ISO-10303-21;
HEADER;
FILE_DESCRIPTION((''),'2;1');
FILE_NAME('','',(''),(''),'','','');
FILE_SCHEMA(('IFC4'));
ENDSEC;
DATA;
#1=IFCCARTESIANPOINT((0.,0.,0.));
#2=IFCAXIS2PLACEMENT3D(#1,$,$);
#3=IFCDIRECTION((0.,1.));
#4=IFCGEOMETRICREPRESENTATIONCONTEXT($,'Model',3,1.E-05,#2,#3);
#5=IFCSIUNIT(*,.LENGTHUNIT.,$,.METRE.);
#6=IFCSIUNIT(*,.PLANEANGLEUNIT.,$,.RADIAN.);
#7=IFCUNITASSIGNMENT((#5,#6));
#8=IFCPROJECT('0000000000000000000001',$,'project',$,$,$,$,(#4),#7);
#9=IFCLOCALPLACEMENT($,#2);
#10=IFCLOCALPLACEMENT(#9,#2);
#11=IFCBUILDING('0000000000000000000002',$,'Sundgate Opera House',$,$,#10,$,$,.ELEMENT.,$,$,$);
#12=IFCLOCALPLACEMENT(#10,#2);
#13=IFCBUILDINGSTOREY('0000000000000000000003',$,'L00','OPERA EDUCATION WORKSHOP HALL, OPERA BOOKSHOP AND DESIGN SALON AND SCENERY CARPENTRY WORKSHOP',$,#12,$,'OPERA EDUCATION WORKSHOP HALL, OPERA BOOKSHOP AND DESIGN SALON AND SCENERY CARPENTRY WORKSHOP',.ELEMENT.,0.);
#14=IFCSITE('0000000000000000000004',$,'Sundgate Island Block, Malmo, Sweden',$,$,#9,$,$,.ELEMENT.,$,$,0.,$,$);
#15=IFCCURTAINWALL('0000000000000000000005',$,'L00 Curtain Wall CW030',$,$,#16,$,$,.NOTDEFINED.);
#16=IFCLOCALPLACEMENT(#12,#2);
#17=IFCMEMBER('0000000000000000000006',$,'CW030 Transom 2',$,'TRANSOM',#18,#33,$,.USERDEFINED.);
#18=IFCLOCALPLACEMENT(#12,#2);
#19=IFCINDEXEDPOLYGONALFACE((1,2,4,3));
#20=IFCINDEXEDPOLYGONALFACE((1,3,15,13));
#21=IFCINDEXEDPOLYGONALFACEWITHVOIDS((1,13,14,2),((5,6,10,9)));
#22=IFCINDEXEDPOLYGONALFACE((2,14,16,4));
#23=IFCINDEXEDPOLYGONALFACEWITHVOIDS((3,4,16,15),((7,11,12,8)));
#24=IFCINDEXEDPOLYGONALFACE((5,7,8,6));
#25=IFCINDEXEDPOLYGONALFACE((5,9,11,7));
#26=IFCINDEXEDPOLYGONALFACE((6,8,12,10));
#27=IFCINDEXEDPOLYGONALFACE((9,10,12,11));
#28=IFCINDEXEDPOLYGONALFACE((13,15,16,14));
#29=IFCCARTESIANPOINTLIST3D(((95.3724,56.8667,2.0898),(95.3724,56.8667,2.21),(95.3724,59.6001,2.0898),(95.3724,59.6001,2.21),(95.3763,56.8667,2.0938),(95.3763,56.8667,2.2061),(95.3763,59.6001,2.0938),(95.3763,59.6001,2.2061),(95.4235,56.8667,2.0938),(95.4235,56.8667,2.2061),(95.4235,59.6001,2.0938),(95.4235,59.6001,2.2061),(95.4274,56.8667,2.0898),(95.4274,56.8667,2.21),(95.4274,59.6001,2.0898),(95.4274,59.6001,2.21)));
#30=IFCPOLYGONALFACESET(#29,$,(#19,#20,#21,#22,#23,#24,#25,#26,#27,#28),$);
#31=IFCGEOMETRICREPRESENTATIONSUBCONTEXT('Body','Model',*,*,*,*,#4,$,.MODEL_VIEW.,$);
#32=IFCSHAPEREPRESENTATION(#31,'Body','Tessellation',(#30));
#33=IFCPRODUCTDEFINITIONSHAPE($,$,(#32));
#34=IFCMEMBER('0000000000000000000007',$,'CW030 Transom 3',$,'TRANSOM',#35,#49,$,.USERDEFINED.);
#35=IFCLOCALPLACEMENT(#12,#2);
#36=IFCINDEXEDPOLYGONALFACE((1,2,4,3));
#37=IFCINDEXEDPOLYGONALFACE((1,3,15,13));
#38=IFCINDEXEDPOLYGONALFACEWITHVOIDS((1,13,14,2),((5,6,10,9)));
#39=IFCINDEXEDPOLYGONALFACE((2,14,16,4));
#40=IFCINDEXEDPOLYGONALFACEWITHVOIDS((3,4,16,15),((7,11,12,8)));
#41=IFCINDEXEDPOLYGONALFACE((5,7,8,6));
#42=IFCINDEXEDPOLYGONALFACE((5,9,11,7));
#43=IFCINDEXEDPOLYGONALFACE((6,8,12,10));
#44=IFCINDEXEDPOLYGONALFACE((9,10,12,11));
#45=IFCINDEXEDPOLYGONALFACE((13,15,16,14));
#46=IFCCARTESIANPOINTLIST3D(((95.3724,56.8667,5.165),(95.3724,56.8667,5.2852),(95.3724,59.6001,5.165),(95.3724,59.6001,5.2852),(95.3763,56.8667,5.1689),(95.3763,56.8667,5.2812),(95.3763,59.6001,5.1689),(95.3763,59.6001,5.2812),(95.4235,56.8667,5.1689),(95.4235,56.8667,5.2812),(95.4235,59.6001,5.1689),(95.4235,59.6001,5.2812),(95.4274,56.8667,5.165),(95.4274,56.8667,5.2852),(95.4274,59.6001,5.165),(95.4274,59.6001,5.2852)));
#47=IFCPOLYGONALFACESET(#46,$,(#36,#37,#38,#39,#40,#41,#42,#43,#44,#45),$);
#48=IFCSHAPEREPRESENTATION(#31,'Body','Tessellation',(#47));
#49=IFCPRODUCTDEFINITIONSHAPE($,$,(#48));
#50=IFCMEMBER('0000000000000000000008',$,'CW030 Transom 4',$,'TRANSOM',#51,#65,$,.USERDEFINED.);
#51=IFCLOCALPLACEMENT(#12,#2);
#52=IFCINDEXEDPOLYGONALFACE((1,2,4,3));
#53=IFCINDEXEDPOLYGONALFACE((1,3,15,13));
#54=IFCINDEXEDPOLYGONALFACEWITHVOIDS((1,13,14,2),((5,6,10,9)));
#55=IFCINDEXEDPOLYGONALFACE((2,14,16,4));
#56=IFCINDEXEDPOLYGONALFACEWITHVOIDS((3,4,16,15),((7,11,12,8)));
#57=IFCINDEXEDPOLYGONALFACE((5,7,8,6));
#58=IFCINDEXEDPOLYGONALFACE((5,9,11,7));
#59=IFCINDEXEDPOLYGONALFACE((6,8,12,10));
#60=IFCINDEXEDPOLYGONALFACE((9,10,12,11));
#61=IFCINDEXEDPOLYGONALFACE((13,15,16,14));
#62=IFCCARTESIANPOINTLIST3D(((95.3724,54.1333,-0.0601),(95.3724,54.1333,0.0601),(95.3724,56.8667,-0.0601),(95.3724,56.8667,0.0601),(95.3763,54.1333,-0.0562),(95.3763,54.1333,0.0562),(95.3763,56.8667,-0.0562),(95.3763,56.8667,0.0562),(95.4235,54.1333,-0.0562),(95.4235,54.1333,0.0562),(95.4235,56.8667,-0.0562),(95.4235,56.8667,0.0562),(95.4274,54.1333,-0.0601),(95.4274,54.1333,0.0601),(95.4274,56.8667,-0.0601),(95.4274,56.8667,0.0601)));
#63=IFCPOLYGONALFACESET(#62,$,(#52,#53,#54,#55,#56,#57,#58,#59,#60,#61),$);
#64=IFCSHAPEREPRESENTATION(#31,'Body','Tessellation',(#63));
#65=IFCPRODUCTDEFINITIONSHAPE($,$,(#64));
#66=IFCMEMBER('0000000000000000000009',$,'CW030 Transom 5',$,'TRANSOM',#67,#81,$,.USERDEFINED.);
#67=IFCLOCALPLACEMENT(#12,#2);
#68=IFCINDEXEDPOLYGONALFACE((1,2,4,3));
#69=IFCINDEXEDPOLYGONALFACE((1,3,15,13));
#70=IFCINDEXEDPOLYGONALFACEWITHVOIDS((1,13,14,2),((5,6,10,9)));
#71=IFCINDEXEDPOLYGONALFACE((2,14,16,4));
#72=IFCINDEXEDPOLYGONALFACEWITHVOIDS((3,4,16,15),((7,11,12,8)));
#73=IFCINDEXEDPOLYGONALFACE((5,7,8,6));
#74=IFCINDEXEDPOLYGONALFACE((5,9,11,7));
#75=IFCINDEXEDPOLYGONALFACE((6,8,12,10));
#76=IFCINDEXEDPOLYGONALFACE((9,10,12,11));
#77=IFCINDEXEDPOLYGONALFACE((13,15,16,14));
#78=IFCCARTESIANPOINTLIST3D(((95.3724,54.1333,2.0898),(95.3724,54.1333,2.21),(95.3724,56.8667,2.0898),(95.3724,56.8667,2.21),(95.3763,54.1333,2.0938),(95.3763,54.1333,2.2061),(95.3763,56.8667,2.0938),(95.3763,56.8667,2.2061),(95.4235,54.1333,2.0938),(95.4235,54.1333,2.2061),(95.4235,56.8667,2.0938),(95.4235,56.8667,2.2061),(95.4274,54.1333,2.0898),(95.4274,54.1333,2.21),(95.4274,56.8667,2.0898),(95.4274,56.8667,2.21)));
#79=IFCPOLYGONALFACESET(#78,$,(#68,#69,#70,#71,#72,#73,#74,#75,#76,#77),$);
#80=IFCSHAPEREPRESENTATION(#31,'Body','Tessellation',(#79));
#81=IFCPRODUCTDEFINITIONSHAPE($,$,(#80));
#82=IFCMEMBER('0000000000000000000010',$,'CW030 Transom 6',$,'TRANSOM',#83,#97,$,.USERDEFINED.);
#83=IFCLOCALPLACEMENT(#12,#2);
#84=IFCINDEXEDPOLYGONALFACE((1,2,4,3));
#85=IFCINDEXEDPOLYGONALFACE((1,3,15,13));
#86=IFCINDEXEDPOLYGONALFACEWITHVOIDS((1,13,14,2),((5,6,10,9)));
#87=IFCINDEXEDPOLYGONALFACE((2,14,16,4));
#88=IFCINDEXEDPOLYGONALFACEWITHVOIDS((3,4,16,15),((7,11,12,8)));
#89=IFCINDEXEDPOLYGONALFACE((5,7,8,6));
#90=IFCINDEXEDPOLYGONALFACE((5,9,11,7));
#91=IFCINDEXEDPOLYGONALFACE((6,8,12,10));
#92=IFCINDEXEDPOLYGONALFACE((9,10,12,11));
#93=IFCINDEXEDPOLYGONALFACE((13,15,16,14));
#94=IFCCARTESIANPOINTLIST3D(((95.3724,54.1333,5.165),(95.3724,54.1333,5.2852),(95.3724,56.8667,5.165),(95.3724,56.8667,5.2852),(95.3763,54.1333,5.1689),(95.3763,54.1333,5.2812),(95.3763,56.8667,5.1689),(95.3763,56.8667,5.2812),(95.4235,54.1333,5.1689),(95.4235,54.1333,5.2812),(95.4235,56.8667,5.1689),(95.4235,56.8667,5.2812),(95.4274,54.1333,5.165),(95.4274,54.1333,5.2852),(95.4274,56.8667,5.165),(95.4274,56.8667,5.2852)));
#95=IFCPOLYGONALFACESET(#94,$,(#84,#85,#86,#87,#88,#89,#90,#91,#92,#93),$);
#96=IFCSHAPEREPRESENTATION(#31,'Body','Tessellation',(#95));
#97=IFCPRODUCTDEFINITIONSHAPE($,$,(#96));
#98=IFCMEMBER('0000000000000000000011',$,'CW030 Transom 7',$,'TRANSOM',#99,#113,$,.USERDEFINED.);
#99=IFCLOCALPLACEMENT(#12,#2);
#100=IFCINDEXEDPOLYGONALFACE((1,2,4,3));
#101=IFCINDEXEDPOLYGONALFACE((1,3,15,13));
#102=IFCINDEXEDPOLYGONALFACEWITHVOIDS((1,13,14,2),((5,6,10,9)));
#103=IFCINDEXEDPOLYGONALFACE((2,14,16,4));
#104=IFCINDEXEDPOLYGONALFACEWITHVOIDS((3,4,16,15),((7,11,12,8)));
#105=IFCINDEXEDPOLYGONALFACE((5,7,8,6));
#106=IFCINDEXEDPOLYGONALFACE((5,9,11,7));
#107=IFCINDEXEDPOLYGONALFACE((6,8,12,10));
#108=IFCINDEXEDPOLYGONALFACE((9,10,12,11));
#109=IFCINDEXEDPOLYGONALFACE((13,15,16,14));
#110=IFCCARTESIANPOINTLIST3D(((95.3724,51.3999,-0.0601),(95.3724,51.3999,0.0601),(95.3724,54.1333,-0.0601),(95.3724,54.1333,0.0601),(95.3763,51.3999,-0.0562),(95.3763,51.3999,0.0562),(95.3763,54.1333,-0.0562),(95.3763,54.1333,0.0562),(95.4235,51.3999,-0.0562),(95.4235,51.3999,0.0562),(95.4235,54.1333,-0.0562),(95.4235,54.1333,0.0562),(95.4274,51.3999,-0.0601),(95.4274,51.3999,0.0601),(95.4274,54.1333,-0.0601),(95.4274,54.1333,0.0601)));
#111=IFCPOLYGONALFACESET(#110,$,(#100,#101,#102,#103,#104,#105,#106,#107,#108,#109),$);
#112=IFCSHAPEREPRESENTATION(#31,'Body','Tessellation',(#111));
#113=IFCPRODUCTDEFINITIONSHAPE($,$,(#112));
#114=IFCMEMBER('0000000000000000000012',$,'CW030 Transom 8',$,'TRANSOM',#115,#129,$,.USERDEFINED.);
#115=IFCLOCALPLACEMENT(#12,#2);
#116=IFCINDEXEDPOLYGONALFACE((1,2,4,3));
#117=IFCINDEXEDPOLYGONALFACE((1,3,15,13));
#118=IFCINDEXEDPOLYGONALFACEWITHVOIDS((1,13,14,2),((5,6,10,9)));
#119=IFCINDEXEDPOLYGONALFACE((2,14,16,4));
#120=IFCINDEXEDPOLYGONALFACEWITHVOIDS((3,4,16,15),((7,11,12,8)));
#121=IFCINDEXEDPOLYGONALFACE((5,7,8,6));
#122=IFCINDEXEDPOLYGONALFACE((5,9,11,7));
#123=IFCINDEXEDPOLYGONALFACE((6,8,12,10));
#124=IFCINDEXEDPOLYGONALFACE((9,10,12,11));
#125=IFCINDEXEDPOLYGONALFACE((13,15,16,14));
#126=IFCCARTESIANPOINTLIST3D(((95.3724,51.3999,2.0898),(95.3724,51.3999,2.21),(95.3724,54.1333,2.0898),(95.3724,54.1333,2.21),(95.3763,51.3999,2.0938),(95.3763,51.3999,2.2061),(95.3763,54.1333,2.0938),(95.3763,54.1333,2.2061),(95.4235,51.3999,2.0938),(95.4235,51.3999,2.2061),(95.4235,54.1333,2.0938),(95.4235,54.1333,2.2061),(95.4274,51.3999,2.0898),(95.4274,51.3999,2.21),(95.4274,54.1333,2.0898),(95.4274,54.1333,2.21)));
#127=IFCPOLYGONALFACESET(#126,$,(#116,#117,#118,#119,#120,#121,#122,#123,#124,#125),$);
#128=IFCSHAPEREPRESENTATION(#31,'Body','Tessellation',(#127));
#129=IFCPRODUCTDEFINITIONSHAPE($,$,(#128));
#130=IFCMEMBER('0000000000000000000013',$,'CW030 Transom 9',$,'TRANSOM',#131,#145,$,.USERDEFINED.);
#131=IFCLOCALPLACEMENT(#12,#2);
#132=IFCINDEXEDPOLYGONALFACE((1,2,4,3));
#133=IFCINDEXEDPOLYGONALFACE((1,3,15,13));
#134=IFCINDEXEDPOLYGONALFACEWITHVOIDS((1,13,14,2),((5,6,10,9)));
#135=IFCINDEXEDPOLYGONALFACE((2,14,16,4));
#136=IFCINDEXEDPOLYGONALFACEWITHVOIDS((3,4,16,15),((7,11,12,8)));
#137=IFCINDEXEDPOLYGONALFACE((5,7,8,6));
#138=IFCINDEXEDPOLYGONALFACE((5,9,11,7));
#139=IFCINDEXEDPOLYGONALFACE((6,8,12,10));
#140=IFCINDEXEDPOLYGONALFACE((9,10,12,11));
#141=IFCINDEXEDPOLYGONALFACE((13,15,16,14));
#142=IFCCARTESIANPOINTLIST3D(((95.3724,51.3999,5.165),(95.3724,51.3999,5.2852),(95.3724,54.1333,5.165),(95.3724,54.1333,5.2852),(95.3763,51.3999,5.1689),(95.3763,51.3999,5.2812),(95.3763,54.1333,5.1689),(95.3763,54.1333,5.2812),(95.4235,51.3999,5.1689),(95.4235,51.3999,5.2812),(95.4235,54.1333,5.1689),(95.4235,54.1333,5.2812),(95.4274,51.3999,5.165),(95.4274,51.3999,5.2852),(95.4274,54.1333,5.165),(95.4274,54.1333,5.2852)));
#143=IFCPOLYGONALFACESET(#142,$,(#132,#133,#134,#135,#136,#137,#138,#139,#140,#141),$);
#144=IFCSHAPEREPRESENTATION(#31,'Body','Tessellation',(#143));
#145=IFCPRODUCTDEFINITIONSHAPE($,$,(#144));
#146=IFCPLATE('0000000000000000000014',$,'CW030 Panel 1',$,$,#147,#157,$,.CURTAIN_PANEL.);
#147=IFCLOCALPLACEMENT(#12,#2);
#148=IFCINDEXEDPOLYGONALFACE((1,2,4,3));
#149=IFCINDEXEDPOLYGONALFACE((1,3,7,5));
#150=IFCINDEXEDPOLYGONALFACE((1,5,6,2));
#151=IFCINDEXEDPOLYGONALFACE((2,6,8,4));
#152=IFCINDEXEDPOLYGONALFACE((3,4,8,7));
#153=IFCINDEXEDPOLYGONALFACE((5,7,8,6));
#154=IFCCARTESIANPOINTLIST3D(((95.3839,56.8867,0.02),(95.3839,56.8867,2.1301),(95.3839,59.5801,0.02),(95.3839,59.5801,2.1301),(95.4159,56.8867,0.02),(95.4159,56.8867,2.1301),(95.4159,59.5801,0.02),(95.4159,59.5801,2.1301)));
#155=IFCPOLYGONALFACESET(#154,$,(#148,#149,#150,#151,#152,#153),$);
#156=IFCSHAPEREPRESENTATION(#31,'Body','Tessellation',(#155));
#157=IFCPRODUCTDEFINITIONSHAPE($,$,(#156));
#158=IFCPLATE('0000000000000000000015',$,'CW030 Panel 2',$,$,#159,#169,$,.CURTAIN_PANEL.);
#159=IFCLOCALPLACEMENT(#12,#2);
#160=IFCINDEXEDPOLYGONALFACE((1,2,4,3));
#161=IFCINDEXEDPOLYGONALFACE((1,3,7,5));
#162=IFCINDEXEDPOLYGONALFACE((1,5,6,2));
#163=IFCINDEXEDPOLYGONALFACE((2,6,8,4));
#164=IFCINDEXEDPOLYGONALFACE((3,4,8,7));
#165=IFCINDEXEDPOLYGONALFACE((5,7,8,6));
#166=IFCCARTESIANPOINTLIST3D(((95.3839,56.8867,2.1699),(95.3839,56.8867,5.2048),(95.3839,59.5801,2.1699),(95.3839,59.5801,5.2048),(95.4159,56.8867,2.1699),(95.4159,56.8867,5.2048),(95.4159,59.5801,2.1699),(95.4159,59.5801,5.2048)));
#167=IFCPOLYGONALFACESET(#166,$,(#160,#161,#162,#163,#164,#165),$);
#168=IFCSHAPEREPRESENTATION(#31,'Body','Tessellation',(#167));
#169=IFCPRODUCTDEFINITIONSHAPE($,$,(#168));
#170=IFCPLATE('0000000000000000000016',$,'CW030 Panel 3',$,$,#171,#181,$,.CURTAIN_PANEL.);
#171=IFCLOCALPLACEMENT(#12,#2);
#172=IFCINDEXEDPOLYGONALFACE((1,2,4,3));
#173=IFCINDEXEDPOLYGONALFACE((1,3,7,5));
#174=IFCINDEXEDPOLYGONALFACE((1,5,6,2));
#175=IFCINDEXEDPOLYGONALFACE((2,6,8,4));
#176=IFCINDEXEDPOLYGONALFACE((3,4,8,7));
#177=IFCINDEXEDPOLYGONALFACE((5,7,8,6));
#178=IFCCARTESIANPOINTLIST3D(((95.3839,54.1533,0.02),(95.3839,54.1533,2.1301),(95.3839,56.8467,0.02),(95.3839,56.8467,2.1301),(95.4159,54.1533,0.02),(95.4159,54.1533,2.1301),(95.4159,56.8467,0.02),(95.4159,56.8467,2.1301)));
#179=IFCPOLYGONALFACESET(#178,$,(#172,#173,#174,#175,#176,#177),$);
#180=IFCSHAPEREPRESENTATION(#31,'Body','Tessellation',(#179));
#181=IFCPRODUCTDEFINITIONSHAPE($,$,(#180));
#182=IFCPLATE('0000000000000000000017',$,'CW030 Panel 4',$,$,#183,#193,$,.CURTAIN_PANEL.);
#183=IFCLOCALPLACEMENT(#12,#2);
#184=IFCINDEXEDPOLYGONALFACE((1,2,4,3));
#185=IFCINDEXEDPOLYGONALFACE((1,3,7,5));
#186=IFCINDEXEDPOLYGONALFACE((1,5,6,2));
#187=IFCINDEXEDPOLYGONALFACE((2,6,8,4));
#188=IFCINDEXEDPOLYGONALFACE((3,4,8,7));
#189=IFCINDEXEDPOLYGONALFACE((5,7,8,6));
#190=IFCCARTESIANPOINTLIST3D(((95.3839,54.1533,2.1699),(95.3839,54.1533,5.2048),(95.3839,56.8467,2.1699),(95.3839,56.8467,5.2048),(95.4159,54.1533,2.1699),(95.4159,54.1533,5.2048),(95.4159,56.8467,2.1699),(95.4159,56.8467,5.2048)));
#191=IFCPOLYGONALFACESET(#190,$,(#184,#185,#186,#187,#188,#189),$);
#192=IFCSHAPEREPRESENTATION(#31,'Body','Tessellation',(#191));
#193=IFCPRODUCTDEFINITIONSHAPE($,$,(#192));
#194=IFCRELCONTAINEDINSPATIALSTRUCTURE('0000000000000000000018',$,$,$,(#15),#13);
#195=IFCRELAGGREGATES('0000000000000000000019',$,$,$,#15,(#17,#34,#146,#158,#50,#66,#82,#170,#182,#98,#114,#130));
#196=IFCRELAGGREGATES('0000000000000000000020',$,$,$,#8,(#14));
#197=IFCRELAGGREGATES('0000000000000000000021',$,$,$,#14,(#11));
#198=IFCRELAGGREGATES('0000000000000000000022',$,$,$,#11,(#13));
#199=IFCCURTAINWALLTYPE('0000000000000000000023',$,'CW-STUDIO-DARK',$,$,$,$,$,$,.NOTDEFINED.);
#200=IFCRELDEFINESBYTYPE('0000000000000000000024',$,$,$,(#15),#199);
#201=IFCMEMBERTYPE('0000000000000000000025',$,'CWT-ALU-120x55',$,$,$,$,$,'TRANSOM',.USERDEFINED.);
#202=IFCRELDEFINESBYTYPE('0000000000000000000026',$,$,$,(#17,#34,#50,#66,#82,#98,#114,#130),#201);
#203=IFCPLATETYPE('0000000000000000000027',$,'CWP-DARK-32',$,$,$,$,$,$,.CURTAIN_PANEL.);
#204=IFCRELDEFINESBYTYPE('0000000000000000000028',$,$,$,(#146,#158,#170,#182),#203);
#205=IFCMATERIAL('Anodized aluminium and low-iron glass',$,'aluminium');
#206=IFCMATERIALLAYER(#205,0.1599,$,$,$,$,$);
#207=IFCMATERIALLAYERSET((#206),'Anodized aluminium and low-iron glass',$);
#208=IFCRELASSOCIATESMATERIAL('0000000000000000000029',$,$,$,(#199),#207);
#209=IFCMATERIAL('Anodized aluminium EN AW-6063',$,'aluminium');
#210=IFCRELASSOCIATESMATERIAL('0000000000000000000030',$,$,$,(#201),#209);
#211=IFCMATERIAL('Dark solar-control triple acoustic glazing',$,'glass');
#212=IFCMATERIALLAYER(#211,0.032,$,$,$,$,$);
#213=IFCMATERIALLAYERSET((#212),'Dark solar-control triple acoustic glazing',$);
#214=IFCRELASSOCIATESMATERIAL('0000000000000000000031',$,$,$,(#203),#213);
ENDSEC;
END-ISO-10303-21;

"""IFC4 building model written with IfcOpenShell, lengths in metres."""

from ifc_helpers import new_model, si_unit, direction, frame, origin, origin_2d, place, context, subcontext, project, spatial, rectangle, hollow_rectangle, extrude, material, layer, layer_set, material_profile, profile_set, type_object, element, aggregate, save


model = new_model("IFC4")

# Units and contexts
model_context = context("Model", 3, precision=1e-05, world=origin(), true_north=direction((0.0, 1.0)))
body_context = subcontext(model_context, "Body", "Model", "MODEL_VIEW")
ifc_project = project(units=[si_unit("LENGTHUNIT", "METRE"), si_unit("PLANEANGLEUNIT", "RADIAN")], contexts=[model_context])

# Site, building, storey
site_placement = place(None, origin())
site = spatial("IfcSite", under=ifc_project, at=site_placement, Name="Sundgate Island Block, Malmo, Sweden", CompositionType="ELEMENT", RefElevation=0.0)
building_placement = place(site_placement, origin())
building = spatial("IfcBuilding", under=site, at=building_placement, Name="Sundgate Opera House", CompositionType="ELEMENT")
storey_placement = place(building_placement, origin())
storey = spatial("IfcBuildingStorey", under=building, at=storey_placement, Name="L00", Description="OPERA EDUCATION WORKSHOP HALL, OPERA BOOKSHOP AND DESIGN SALON AND SCENERY CARPENTRY WORKSHOP", LongName="OPERA EDUCATION WORKSHOP HALL, OPERA BOOKSHOP AND DESIGN SALON AND SCENERY CARPENTRY WORKSHOP", CompositionType="ELEMENT", Elevation=0.0)

# Curtain wall, members, plates
ifc_material_1 = material(Name="Anodized aluminium and low-iron glass", Category="aluminium")
ifc_layer_1 = layer(ifc_material_1, 0.1599)
ifc_layer_set_1 = layer_set([ifc_layer_1], Name="Anodized aluminium and low-iron glass")
curtain_wall_type = type_object("IfcCurtainWallType", Name="CW-STUDIO-DARK", PredefinedType="NOTDEFINED", material=ifc_layer_set_1)
curtain_wall_placement = place(storey_placement, origin())
curtain_wall = element("IfcCurtainWall", 1, at=curtain_wall_placement, inside=storey, type_object=curtain_wall_type, Name="L00 Curtain Wall CW030", PredefinedType="NOTDEFINED")
ifc_material_2 = material(Name="Anodized aluminium EN AW-6063", Category="aluminium")
ifc_material_profile_1 = material_profile(ifc_material_2, hollow_rectangle(XDim=0.0549, YDim=0.1201, WallThickness=0.0039, at=origin_2d()), Name="CWT 120x55x4")
ifc_profile_set_1 = profile_set([ifc_material_profile_1], Name="Anodized aluminium EN AW-6063")
member_type_1 = type_object("IfcMemberType", Name="CWT-ALU-120x55", ElementType="TRANSOM", PredefinedType="USERDEFINED", material=ifc_profile_set_1)
member_1_placement = place(storey_placement, frame((95.3999, 59.6001, 2.1499), z_axis=(0.0, -1.0, 0.0), x_axis=(1.0, 0.0, 0.0)))
member_1 = element("IfcMember", 2, at=member_1_placement, type_object=member_type_1, Name="CW030 Transom 2", ObjectType="TRANSOM", PredefinedType="USERDEFINED", context=body_context, shape_type="SweptSolid", body=[
    extrude(hollow_rectangle(XDim=0.0549, YDim=0.1201, WallThickness=0.0039, at=origin_2d()), origin(), (0.0, 0.0, 1.0), 2.7334),
])
member_2_placement = place(storey_placement, frame((95.3999, 59.6001, 5.2251), z_axis=(0.0, -1.0, 0.0), x_axis=(1.0, 0.0, 0.0)))
member_2 = element("IfcMember", 3, at=member_2_placement, type_object=member_type_1, Name="CW030 Transom 3", ObjectType="TRANSOM", PredefinedType="USERDEFINED", context=body_context, shape_type="SweptSolid", body=[
    extrude(hollow_rectangle(XDim=0.0549, YDim=0.1201, WallThickness=0.0039, at=origin_2d()), origin(), (0.0, 0.0, 1.0), 2.7334),
])
member_3_placement = place(storey_placement, frame((95.3999, 56.8667, 0.0), z_axis=(0.0, -1.0, 0.0), x_axis=(1.0, 0.0, 0.0)))
member_3 = element("IfcMember", 4, at=member_3_placement, type_object=member_type_1, Name="CW030 Transom 4", ObjectType="TRANSOM", PredefinedType="USERDEFINED", context=body_context, shape_type="SweptSolid", body=[
    extrude(hollow_rectangle(XDim=0.0549, YDim=0.1201, WallThickness=0.0039, at=origin_2d()), origin(), (0.0, 0.0, 1.0), 2.7334),
])
member_4_placement = place(storey_placement, frame((95.3999, 56.8667, 2.1499), z_axis=(0.0, -1.0, 0.0), x_axis=(1.0, 0.0, 0.0)))
member_4 = element("IfcMember", 5, at=member_4_placement, type_object=member_type_1, Name="CW030 Transom 5", ObjectType="TRANSOM", PredefinedType="USERDEFINED", context=body_context, shape_type="SweptSolid", body=[
    extrude(hollow_rectangle(XDim=0.0549, YDim=0.1201, WallThickness=0.0039, at=origin_2d()), origin(), (0.0, 0.0, 1.0), 2.7334),
])
member_5_placement = place(storey_placement, frame((95.3999, 56.8667, 5.2251), z_axis=(0.0, -1.0, 0.0), x_axis=(1.0, 0.0, 0.0)))
member_5 = element("IfcMember", 6, at=member_5_placement, type_object=member_type_1, Name="CW030 Transom 6", ObjectType="TRANSOM", PredefinedType="USERDEFINED", context=body_context, shape_type="SweptSolid", body=[
    extrude(hollow_rectangle(XDim=0.0549, YDim=0.1201, WallThickness=0.0039, at=origin_2d()), origin(), (0.0, 0.0, 1.0), 2.7334),
])
member_6_placement = place(storey_placement, frame((95.3999, 54.1333, 0.0), z_axis=(0.0, -1.0, 0.0), x_axis=(1.0, 0.0, 0.0)))
member_6 = element("IfcMember", 7, at=member_6_placement, type_object=member_type_1, Name="CW030 Transom 7", ObjectType="TRANSOM", PredefinedType="USERDEFINED", context=body_context, shape_type="SweptSolid", body=[
    extrude(hollow_rectangle(XDim=0.0549, YDim=0.1201, WallThickness=0.0039, at=origin_2d()), origin(), (0.0, 0.0, 1.0), 2.7334),
])
member_7_placement = place(storey_placement, frame((95.3999, 54.1333, 2.1499), z_axis=(0.0, -1.0, 0.0), x_axis=(1.0, 0.0, 0.0)))
member_7 = element("IfcMember", 8, at=member_7_placement, type_object=member_type_1, Name="CW030 Transom 8", ObjectType="TRANSOM", PredefinedType="USERDEFINED", context=body_context, shape_type="SweptSolid", body=[
    extrude(hollow_rectangle(XDim=0.0549, YDim=0.1201, WallThickness=0.0039, at=origin_2d()), origin(), (0.0, 0.0, 1.0), 2.7334),
])
member_8_placement = place(storey_placement, frame((95.3999, 54.1333, 5.2251), z_axis=(0.0, -1.0, 0.0), x_axis=(1.0, 0.0, 0.0)))
member_8 = element("IfcMember", 9, at=member_8_placement, type_object=member_type_1, Name="CW030 Transom 9", ObjectType="TRANSOM", PredefinedType="USERDEFINED", context=body_context, shape_type="SweptSolid", body=[
    extrude(hollow_rectangle(XDim=0.0549, YDim=0.1201, WallThickness=0.0039, at=origin_2d()), origin(), (0.0, 0.0, 1.0), 2.7334),
])
ifc_material_3 = material(Name="Dark solar-control triple acoustic glazing", Category="glass")
ifc_layer_2 = layer(ifc_material_3, 0.032)
ifc_layer_set_2 = layer_set([ifc_layer_2], Name="Dark solar-control triple acoustic glazing")
plate_type = type_object("IfcPlateType", Name="CWP-DARK-32", PredefinedType="CURTAIN_PANEL", material=ifc_layer_set_2)
plate_1_placement = place(storey_placement, frame((95.3999, 58.2334, 0.02), z_axis=(0.0, 0.0, 1.0), x_axis=(0.0, -1.0, 0.0)))
plate_1 = element("IfcPlate", 10, at=plate_1_placement, type_object=plate_type, Name="CW030 Panel 1", PredefinedType="CURTAIN_PANEL", context=body_context, shape_type="SweptSolid", body=[
    extrude(rectangle(XDim=2.6934, YDim=0.032, at=origin_2d()), origin(), (0.0, 0.0, 1.0), 2.1101),
])
plate_2_placement = place(storey_placement, frame((95.3999, 58.2334, 2.1699), z_axis=(0.0, 0.0, 1.0), x_axis=(0.0, -1.0, 0.0)))
plate_2 = element("IfcPlate", 11, at=plate_2_placement, type_object=plate_type, Name="CW030 Panel 2", PredefinedType="CURTAIN_PANEL", context=body_context, shape_type="SweptSolid", body=[
    extrude(rectangle(XDim=2.6934, YDim=0.032, at=origin_2d()), origin(), (0.0, 0.0, 1.0), 3.0349),
])
plate_3_placement = place(storey_placement, frame((95.3999, 55.5, 0.02), z_axis=(0.0, 0.0, 1.0), x_axis=(0.0, -1.0, 0.0)))
plate_3 = element("IfcPlate", 12, at=plate_3_placement, type_object=plate_type, Name="CW030 Panel 3", PredefinedType="CURTAIN_PANEL", context=body_context, shape_type="SweptSolid", body=[
    extrude(rectangle(XDim=2.6934, YDim=0.032, at=origin_2d()), origin(), (0.0, 0.0, 1.0), 2.1101),
])
plate_4_placement = place(storey_placement, frame((95.3999, 55.5, 2.1699), z_axis=(0.0, 0.0, 1.0), x_axis=(0.0, -1.0, 0.0)))
plate_4 = element("IfcPlate", 13, at=plate_4_placement, type_object=plate_type, Name="CW030 Panel 4", PredefinedType="CURTAIN_PANEL", context=body_context, shape_type="SweptSolid", body=[
    extrude(rectangle(XDim=2.6934, YDim=0.032, at=origin_2d()), origin(), (0.0, 0.0, 1.0), 3.0349),
])
aggregate(curtain_wall, [member_1, member_2, plate_1, plate_2, member_3, member_4, member_5, plate_3, plate_4, member_6, member_7, member_8])

save(model, "model.ifc")
